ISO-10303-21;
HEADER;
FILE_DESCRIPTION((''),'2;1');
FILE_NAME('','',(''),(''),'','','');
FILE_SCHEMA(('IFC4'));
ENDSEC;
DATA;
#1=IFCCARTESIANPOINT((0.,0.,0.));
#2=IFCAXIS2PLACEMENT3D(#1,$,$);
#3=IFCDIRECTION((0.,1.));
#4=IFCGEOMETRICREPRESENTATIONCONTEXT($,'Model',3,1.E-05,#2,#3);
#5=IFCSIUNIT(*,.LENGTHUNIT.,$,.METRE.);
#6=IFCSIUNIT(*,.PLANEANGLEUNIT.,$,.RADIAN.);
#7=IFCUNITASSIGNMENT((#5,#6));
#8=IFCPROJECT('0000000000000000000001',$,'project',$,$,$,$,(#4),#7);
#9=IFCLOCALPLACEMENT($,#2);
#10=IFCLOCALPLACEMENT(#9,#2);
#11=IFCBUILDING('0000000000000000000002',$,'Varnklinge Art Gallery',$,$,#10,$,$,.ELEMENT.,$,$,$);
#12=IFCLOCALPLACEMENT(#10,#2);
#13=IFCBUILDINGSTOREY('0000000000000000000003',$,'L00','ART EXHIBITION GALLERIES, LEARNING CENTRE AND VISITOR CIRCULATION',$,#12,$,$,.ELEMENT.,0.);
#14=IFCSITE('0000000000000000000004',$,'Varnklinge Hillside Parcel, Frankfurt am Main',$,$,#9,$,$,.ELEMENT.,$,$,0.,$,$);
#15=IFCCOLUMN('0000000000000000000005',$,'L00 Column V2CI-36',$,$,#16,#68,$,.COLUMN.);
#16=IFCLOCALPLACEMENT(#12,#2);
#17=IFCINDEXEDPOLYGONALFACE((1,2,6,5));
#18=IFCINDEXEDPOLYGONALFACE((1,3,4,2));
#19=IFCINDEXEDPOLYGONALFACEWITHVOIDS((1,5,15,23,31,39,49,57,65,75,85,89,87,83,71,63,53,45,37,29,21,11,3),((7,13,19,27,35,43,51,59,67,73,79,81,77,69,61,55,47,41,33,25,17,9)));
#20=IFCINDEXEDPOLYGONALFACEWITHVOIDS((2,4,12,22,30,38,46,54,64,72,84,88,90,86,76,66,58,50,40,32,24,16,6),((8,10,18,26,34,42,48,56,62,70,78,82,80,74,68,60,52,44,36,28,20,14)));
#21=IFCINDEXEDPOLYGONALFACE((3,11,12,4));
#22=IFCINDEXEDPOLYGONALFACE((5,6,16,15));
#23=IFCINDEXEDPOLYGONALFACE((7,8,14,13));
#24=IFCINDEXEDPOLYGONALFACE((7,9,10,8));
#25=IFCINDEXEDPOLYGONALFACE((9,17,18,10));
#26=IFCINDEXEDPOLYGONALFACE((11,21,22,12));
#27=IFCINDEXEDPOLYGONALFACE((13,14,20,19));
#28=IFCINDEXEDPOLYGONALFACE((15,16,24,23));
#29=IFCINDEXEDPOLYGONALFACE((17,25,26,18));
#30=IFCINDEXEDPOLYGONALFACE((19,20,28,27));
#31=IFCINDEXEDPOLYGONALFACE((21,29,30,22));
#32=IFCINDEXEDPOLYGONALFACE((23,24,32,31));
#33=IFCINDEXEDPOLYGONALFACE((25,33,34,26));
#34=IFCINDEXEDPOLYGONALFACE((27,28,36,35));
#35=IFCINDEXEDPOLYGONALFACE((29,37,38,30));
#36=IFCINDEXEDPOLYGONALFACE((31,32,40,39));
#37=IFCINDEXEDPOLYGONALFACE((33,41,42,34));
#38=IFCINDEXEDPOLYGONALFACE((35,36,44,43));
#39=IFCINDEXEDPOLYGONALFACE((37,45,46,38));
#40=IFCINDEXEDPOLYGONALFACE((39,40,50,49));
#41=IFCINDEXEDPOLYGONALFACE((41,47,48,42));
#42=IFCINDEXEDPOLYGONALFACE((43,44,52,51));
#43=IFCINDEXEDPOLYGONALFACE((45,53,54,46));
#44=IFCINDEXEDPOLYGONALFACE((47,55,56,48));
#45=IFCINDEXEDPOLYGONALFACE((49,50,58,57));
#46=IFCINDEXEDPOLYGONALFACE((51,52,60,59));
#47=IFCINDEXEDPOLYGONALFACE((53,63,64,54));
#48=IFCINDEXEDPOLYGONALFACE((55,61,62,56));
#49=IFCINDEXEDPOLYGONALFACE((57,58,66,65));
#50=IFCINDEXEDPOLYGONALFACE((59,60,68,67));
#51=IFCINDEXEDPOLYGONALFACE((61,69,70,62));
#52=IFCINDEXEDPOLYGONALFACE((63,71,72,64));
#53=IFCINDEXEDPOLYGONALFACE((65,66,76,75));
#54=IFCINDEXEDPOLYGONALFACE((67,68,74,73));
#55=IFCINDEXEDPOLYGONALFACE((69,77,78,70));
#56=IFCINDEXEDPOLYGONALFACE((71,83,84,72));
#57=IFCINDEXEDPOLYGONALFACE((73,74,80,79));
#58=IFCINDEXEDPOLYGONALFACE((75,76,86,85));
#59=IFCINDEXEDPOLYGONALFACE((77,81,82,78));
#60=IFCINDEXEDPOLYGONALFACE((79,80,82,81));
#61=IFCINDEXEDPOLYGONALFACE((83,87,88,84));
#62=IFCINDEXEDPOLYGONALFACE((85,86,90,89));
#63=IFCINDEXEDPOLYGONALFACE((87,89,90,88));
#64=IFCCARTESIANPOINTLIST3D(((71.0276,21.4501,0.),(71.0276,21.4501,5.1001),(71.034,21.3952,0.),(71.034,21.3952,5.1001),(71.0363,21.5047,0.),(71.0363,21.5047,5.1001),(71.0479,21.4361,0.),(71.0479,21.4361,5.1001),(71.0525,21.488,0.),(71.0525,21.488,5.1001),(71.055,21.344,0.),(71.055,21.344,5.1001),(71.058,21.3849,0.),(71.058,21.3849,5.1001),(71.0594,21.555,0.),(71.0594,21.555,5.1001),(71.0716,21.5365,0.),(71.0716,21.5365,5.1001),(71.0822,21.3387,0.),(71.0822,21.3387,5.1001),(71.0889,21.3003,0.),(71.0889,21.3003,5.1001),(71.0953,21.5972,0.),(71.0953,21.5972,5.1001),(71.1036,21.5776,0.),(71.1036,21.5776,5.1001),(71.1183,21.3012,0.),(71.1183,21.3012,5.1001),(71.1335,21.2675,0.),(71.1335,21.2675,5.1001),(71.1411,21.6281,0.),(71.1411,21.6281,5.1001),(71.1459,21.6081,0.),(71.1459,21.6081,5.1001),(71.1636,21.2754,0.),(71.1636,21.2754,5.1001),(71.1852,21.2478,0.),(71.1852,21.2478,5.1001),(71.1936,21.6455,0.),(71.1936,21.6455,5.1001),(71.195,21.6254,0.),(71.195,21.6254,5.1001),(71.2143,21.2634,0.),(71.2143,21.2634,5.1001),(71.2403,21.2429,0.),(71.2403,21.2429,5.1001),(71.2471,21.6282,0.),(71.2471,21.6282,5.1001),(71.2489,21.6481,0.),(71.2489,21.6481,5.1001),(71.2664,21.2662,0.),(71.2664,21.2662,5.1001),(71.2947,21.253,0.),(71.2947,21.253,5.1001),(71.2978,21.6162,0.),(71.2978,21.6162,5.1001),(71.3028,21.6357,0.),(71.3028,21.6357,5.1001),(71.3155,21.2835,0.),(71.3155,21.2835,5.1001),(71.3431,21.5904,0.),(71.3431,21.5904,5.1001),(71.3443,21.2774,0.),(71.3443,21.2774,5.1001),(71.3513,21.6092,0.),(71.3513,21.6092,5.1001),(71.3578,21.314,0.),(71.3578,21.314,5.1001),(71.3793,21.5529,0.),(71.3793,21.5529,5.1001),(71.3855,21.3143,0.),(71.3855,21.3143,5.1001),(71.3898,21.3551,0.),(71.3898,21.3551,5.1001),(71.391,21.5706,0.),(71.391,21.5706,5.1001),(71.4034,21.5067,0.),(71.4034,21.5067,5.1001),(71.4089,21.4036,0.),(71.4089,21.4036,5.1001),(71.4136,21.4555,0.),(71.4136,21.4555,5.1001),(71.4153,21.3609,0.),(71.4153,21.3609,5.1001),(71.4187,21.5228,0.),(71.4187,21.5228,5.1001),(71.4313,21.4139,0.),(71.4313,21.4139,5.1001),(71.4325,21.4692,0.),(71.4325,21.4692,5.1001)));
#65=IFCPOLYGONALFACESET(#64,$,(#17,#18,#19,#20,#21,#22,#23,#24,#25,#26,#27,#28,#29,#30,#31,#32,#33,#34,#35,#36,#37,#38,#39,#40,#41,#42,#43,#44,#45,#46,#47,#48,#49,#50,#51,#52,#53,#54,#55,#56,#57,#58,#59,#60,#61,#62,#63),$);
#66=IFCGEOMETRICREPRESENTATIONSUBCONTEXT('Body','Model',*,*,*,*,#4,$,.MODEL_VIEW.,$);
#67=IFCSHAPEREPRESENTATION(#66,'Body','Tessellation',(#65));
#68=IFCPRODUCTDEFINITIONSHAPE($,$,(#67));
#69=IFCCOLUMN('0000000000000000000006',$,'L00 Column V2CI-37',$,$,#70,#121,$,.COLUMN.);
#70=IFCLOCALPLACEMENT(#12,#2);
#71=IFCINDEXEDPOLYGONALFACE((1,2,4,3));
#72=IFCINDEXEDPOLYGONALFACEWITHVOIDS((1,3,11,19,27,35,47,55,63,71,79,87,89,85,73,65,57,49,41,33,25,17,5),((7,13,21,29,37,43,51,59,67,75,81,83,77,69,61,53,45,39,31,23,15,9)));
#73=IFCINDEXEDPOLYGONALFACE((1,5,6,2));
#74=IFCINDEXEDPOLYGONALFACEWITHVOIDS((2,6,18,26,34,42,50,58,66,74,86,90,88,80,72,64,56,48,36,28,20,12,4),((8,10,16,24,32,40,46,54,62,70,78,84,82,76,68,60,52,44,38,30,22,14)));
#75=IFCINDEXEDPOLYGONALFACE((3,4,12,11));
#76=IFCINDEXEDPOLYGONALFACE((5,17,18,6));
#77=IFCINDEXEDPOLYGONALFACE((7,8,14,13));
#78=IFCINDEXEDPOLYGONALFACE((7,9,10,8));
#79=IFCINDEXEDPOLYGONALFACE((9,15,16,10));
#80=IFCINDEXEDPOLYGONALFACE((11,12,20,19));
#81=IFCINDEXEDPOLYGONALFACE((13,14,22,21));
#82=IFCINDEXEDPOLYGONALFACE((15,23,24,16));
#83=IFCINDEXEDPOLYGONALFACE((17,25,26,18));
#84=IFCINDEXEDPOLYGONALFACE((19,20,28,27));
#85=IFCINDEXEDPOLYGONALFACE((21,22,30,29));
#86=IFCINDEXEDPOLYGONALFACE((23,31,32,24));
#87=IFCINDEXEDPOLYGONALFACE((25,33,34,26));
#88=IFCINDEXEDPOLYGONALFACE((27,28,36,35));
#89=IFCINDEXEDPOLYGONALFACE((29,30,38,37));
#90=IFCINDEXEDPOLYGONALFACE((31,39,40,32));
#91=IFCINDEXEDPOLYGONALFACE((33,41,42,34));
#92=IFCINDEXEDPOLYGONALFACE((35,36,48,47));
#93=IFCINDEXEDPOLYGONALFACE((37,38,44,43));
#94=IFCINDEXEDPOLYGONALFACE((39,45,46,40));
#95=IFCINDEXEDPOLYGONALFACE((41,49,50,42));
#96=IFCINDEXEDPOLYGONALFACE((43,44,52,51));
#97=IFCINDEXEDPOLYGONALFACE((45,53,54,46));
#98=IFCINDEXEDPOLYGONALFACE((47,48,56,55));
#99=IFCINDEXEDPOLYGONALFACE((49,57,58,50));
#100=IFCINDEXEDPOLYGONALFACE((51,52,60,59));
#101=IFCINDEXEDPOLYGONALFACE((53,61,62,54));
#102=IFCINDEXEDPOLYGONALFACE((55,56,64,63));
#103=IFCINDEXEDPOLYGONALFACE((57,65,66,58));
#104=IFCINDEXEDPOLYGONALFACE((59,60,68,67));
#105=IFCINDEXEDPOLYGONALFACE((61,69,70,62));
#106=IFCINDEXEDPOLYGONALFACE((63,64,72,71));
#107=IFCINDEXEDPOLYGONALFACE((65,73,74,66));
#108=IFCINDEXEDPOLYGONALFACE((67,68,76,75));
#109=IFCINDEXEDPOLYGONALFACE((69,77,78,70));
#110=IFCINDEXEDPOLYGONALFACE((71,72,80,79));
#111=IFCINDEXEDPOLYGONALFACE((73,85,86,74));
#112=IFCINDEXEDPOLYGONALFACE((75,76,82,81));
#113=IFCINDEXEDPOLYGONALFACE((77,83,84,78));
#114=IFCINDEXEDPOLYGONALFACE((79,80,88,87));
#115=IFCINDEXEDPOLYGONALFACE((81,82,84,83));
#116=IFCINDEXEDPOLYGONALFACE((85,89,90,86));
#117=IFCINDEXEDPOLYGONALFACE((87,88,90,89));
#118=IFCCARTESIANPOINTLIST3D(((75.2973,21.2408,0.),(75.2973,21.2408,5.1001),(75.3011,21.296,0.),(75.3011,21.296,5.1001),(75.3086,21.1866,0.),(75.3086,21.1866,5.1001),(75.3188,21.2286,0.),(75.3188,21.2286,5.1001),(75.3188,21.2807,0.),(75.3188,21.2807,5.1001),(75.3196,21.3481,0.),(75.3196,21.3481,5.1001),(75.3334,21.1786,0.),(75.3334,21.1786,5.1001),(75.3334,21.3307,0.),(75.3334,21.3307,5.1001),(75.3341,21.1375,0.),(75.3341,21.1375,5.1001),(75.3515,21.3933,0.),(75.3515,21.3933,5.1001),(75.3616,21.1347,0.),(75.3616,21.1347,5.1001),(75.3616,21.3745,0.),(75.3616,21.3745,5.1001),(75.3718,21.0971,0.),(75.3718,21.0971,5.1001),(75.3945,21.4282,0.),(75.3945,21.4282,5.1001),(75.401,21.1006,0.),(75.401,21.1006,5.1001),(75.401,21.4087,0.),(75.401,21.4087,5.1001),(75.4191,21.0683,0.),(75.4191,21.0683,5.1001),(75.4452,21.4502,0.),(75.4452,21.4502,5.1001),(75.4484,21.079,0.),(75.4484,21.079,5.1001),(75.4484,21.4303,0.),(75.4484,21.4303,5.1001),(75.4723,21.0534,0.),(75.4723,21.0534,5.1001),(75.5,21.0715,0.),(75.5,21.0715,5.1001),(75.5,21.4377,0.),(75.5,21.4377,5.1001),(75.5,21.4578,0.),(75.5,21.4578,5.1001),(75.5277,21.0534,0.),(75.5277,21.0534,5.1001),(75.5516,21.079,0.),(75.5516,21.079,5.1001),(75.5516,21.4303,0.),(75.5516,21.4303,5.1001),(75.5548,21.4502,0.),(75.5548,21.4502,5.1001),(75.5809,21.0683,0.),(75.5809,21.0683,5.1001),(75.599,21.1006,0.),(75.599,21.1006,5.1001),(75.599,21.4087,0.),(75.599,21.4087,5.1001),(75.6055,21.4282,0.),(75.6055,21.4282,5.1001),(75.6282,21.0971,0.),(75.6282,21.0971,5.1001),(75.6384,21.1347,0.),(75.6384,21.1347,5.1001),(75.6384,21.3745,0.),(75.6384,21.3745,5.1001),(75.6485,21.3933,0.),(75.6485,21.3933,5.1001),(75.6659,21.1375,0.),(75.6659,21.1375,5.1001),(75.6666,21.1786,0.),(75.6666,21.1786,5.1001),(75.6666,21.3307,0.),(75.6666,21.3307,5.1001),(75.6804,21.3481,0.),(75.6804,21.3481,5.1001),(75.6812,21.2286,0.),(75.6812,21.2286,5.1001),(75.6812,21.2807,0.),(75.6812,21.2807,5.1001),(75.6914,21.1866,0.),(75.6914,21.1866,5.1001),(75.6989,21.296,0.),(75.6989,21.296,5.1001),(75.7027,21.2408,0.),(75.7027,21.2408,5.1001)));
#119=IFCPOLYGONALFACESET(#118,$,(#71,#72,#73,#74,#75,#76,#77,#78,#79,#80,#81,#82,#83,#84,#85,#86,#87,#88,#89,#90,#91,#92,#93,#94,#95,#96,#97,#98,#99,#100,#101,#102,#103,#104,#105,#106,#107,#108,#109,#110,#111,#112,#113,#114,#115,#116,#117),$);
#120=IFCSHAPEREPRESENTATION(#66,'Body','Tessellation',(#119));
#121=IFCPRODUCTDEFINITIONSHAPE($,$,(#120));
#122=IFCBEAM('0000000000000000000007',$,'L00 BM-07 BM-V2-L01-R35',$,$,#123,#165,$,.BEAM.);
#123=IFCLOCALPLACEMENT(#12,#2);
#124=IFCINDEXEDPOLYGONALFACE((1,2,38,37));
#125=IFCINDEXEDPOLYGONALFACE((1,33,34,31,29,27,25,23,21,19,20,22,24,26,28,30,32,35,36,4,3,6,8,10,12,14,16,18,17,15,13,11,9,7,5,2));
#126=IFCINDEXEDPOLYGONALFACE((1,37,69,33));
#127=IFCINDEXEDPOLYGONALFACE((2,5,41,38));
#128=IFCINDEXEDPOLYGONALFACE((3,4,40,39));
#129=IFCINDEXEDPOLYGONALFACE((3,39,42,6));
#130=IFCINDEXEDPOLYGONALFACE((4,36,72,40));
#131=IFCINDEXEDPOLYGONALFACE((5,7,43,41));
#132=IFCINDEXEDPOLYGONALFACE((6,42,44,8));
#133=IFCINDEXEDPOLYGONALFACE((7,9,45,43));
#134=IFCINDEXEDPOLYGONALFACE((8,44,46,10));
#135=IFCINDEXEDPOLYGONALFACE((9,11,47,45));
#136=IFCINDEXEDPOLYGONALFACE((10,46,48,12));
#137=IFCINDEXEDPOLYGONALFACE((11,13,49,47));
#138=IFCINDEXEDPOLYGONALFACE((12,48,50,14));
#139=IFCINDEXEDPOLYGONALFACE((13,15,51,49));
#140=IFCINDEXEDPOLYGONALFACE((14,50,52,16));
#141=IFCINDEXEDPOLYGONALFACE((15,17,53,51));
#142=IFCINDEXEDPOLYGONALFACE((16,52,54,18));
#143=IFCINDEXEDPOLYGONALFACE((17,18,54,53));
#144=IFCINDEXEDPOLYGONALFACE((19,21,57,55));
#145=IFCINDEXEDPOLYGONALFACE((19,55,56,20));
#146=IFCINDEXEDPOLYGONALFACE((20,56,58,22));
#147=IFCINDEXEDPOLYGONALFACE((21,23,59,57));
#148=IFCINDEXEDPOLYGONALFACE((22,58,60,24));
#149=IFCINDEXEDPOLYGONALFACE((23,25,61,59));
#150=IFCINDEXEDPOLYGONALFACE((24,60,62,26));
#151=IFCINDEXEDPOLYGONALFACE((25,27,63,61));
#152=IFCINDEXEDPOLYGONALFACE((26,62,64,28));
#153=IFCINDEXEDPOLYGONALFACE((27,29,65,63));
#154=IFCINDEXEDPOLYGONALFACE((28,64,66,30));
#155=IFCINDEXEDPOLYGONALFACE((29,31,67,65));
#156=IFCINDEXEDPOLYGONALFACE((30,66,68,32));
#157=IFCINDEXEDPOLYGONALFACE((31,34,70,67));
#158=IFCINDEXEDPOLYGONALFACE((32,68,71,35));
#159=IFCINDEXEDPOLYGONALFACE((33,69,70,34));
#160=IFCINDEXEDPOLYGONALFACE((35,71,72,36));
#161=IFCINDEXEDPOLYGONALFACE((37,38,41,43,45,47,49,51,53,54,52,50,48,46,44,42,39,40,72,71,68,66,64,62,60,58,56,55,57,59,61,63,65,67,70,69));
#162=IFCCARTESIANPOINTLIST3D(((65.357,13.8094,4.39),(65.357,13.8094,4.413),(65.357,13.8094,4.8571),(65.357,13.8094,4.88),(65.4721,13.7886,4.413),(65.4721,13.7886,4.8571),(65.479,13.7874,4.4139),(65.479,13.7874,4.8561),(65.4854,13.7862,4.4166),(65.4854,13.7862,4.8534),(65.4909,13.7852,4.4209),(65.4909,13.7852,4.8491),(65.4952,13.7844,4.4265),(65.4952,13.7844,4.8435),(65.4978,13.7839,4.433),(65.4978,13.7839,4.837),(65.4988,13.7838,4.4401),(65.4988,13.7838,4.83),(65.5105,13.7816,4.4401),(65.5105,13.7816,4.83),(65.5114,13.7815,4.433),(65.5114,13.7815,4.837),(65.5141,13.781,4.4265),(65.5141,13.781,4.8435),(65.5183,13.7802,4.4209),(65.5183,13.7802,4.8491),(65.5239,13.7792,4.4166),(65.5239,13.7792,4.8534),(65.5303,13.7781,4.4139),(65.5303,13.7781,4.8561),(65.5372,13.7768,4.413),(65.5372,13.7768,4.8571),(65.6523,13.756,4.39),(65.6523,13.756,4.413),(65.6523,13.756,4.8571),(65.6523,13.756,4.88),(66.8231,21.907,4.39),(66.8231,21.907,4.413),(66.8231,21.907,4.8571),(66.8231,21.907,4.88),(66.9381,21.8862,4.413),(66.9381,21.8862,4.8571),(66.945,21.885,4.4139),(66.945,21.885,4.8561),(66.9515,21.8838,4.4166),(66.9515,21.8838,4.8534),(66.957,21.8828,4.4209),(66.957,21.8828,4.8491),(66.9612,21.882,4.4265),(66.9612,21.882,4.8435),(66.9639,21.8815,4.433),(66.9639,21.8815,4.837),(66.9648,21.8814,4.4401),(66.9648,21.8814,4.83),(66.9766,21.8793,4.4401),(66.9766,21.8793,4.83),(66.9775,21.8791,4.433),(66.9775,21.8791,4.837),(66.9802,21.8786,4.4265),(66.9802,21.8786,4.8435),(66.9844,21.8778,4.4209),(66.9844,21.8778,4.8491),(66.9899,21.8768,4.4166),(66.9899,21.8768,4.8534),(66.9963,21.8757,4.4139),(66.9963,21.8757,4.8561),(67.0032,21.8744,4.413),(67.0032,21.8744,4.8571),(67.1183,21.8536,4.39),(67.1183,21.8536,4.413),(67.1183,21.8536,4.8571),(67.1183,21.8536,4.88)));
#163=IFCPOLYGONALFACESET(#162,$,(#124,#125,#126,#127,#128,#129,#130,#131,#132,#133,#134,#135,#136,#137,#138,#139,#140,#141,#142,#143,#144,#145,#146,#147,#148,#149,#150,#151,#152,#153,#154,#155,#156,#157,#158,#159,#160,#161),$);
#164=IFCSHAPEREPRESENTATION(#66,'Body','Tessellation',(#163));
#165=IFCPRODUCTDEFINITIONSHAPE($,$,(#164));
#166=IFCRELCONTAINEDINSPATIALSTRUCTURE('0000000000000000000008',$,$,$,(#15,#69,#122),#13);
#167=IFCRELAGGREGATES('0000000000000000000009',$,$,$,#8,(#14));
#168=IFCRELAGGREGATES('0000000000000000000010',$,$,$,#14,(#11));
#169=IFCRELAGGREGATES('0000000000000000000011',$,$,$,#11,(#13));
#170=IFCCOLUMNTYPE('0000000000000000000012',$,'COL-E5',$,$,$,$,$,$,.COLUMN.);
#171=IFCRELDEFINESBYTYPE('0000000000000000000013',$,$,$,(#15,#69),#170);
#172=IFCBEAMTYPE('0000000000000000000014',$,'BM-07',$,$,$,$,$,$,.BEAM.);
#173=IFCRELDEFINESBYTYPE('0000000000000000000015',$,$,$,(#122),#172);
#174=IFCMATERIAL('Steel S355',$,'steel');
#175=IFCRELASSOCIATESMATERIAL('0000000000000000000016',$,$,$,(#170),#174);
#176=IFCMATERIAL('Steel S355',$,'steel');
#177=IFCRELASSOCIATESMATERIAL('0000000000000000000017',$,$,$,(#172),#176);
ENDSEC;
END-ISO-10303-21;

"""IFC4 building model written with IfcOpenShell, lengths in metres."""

from ifc_helpers import new_model, si_unit, direction, frame, origin, origin_2d, place, context, subcontext, project, spatial, hollow_circle, i_section, extrude, material, material_profile, profile_set, type_object, element, save


model = new_model("IFC4")

# Units and contexts
model_context = context("Model", 3, precision=1e-05, world=origin(), true_north=direction((0.0, 1.0)))
body_context = subcontext(model_context, "Body", "Model", "MODEL_VIEW")
ifc_project = project(units=[si_unit("LENGTHUNIT", "METRE"), si_unit("PLANEANGLEUNIT", "RADIAN")], contexts=[model_context])

# Site, building, storey
site_placement = place(None, origin())
site = spatial("IfcSite", under=ifc_project, at=site_placement, Name="Varnklinge Hillside Parcel, Frankfurt am Main", CompositionType="ELEMENT", RefElevation=0.0)
building_placement = place(site_placement, origin())
building = spatial("IfcBuilding", under=site, at=building_placement, Name="Varnklinge Art Gallery", CompositionType="ELEMENT")
storey_placement = place(building_placement, origin())
storey = spatial("IfcBuildingStorey", under=building, at=storey_placement, Name="L00", Description="ART EXHIBITION GALLERIES, LEARNING CENTRE AND VISITOR CIRCULATION", CompositionType="ELEMENT", Elevation=0.0)

# Columns
ifc_material_1 = material(Name="Steel S355", Category="steel")
ifc_material_profile_1 = material_profile(ifc_material_1, hollow_circle(Radius=0.2031, WallThickness=0.02, at=origin_2d()), Name="CHS 406.4x20")
ifc_profile_set_1 = profile_set([ifc_material_profile_1], Name="Steel S355")
column_type_1 = type_object("IfcColumnType", Name="COL-E5", PredefinedType="COLUMN", material=ifc_profile_set_1)
for number, where, z_axis, x_axis, name in (
    (1, (71.2307, 21.4458, 0.0), (0.0, 0.0, 1.0), (0.089416, 0.995994, 0.0), "L00 Column V2CI-36"),
    (2, (75.5, 21.2546, 0.0), (0.0, 0.0, 1.0), (0.0, 1.0, 0.0), "L00 Column V2CI-37"),
):
    element("IfcColumn", number, at=place(storey_placement, frame(where, z_axis=z_axis, x_axis=x_axis)), inside=storey, type_object=column_type_1, Name=name, PredefinedType="COLUMN", context=body_context, shape_type="SweptSolid", body=[
        extrude(hollow_circle(Radius=0.2031, WallThickness=0.02, at=origin_2d()), origin(), (0.0, 0.0, 1.0), 5.1001),
    ])

# Beam
ifc_material_2 = material(Name="Steel S355", Category="steel")
ifc_material_profile_2 = material_profile(ifc_material_2, i_section(OverallWidth=0.3, OverallDepth=0.49, WebThickness=0.012, FlangeThickness=0.0229, FilletRadius=0.0271, at=origin_2d()), Name="HEA 500")
ifc_profile_set_2 = profile_set([ifc_material_profile_2], Name="Steel S355")
beam_type_1 = type_object("IfcBeamType", Name="BM-07", PredefinedType="BEAM", material=ifc_profile_set_2)
beam_1_placement = place(storey_placement, frame((65.5046, 13.7827, 4.635), z_axis=(0.178152, 0.984003, 0.0), x_axis=(-0.984003, 0.178152, 0.0)))
element("IfcBeam", 3, at=beam_1_placement, inside=storey, type_object=beam_type_1, Name="L00 BM-07 BM-V2-L01-R35", PredefinedType="BEAM", context=body_context, shape_type="SweptSolid", body=[
    extrude(i_section(OverallWidth=0.3, OverallDepth=0.49, WebThickness=0.012, FlangeThickness=0.0229, FilletRadius=0.0271, at=origin_2d()), origin(), (0.0, 0.0, 1.0), 8.2292),
])

save(model, "model.ifc")
